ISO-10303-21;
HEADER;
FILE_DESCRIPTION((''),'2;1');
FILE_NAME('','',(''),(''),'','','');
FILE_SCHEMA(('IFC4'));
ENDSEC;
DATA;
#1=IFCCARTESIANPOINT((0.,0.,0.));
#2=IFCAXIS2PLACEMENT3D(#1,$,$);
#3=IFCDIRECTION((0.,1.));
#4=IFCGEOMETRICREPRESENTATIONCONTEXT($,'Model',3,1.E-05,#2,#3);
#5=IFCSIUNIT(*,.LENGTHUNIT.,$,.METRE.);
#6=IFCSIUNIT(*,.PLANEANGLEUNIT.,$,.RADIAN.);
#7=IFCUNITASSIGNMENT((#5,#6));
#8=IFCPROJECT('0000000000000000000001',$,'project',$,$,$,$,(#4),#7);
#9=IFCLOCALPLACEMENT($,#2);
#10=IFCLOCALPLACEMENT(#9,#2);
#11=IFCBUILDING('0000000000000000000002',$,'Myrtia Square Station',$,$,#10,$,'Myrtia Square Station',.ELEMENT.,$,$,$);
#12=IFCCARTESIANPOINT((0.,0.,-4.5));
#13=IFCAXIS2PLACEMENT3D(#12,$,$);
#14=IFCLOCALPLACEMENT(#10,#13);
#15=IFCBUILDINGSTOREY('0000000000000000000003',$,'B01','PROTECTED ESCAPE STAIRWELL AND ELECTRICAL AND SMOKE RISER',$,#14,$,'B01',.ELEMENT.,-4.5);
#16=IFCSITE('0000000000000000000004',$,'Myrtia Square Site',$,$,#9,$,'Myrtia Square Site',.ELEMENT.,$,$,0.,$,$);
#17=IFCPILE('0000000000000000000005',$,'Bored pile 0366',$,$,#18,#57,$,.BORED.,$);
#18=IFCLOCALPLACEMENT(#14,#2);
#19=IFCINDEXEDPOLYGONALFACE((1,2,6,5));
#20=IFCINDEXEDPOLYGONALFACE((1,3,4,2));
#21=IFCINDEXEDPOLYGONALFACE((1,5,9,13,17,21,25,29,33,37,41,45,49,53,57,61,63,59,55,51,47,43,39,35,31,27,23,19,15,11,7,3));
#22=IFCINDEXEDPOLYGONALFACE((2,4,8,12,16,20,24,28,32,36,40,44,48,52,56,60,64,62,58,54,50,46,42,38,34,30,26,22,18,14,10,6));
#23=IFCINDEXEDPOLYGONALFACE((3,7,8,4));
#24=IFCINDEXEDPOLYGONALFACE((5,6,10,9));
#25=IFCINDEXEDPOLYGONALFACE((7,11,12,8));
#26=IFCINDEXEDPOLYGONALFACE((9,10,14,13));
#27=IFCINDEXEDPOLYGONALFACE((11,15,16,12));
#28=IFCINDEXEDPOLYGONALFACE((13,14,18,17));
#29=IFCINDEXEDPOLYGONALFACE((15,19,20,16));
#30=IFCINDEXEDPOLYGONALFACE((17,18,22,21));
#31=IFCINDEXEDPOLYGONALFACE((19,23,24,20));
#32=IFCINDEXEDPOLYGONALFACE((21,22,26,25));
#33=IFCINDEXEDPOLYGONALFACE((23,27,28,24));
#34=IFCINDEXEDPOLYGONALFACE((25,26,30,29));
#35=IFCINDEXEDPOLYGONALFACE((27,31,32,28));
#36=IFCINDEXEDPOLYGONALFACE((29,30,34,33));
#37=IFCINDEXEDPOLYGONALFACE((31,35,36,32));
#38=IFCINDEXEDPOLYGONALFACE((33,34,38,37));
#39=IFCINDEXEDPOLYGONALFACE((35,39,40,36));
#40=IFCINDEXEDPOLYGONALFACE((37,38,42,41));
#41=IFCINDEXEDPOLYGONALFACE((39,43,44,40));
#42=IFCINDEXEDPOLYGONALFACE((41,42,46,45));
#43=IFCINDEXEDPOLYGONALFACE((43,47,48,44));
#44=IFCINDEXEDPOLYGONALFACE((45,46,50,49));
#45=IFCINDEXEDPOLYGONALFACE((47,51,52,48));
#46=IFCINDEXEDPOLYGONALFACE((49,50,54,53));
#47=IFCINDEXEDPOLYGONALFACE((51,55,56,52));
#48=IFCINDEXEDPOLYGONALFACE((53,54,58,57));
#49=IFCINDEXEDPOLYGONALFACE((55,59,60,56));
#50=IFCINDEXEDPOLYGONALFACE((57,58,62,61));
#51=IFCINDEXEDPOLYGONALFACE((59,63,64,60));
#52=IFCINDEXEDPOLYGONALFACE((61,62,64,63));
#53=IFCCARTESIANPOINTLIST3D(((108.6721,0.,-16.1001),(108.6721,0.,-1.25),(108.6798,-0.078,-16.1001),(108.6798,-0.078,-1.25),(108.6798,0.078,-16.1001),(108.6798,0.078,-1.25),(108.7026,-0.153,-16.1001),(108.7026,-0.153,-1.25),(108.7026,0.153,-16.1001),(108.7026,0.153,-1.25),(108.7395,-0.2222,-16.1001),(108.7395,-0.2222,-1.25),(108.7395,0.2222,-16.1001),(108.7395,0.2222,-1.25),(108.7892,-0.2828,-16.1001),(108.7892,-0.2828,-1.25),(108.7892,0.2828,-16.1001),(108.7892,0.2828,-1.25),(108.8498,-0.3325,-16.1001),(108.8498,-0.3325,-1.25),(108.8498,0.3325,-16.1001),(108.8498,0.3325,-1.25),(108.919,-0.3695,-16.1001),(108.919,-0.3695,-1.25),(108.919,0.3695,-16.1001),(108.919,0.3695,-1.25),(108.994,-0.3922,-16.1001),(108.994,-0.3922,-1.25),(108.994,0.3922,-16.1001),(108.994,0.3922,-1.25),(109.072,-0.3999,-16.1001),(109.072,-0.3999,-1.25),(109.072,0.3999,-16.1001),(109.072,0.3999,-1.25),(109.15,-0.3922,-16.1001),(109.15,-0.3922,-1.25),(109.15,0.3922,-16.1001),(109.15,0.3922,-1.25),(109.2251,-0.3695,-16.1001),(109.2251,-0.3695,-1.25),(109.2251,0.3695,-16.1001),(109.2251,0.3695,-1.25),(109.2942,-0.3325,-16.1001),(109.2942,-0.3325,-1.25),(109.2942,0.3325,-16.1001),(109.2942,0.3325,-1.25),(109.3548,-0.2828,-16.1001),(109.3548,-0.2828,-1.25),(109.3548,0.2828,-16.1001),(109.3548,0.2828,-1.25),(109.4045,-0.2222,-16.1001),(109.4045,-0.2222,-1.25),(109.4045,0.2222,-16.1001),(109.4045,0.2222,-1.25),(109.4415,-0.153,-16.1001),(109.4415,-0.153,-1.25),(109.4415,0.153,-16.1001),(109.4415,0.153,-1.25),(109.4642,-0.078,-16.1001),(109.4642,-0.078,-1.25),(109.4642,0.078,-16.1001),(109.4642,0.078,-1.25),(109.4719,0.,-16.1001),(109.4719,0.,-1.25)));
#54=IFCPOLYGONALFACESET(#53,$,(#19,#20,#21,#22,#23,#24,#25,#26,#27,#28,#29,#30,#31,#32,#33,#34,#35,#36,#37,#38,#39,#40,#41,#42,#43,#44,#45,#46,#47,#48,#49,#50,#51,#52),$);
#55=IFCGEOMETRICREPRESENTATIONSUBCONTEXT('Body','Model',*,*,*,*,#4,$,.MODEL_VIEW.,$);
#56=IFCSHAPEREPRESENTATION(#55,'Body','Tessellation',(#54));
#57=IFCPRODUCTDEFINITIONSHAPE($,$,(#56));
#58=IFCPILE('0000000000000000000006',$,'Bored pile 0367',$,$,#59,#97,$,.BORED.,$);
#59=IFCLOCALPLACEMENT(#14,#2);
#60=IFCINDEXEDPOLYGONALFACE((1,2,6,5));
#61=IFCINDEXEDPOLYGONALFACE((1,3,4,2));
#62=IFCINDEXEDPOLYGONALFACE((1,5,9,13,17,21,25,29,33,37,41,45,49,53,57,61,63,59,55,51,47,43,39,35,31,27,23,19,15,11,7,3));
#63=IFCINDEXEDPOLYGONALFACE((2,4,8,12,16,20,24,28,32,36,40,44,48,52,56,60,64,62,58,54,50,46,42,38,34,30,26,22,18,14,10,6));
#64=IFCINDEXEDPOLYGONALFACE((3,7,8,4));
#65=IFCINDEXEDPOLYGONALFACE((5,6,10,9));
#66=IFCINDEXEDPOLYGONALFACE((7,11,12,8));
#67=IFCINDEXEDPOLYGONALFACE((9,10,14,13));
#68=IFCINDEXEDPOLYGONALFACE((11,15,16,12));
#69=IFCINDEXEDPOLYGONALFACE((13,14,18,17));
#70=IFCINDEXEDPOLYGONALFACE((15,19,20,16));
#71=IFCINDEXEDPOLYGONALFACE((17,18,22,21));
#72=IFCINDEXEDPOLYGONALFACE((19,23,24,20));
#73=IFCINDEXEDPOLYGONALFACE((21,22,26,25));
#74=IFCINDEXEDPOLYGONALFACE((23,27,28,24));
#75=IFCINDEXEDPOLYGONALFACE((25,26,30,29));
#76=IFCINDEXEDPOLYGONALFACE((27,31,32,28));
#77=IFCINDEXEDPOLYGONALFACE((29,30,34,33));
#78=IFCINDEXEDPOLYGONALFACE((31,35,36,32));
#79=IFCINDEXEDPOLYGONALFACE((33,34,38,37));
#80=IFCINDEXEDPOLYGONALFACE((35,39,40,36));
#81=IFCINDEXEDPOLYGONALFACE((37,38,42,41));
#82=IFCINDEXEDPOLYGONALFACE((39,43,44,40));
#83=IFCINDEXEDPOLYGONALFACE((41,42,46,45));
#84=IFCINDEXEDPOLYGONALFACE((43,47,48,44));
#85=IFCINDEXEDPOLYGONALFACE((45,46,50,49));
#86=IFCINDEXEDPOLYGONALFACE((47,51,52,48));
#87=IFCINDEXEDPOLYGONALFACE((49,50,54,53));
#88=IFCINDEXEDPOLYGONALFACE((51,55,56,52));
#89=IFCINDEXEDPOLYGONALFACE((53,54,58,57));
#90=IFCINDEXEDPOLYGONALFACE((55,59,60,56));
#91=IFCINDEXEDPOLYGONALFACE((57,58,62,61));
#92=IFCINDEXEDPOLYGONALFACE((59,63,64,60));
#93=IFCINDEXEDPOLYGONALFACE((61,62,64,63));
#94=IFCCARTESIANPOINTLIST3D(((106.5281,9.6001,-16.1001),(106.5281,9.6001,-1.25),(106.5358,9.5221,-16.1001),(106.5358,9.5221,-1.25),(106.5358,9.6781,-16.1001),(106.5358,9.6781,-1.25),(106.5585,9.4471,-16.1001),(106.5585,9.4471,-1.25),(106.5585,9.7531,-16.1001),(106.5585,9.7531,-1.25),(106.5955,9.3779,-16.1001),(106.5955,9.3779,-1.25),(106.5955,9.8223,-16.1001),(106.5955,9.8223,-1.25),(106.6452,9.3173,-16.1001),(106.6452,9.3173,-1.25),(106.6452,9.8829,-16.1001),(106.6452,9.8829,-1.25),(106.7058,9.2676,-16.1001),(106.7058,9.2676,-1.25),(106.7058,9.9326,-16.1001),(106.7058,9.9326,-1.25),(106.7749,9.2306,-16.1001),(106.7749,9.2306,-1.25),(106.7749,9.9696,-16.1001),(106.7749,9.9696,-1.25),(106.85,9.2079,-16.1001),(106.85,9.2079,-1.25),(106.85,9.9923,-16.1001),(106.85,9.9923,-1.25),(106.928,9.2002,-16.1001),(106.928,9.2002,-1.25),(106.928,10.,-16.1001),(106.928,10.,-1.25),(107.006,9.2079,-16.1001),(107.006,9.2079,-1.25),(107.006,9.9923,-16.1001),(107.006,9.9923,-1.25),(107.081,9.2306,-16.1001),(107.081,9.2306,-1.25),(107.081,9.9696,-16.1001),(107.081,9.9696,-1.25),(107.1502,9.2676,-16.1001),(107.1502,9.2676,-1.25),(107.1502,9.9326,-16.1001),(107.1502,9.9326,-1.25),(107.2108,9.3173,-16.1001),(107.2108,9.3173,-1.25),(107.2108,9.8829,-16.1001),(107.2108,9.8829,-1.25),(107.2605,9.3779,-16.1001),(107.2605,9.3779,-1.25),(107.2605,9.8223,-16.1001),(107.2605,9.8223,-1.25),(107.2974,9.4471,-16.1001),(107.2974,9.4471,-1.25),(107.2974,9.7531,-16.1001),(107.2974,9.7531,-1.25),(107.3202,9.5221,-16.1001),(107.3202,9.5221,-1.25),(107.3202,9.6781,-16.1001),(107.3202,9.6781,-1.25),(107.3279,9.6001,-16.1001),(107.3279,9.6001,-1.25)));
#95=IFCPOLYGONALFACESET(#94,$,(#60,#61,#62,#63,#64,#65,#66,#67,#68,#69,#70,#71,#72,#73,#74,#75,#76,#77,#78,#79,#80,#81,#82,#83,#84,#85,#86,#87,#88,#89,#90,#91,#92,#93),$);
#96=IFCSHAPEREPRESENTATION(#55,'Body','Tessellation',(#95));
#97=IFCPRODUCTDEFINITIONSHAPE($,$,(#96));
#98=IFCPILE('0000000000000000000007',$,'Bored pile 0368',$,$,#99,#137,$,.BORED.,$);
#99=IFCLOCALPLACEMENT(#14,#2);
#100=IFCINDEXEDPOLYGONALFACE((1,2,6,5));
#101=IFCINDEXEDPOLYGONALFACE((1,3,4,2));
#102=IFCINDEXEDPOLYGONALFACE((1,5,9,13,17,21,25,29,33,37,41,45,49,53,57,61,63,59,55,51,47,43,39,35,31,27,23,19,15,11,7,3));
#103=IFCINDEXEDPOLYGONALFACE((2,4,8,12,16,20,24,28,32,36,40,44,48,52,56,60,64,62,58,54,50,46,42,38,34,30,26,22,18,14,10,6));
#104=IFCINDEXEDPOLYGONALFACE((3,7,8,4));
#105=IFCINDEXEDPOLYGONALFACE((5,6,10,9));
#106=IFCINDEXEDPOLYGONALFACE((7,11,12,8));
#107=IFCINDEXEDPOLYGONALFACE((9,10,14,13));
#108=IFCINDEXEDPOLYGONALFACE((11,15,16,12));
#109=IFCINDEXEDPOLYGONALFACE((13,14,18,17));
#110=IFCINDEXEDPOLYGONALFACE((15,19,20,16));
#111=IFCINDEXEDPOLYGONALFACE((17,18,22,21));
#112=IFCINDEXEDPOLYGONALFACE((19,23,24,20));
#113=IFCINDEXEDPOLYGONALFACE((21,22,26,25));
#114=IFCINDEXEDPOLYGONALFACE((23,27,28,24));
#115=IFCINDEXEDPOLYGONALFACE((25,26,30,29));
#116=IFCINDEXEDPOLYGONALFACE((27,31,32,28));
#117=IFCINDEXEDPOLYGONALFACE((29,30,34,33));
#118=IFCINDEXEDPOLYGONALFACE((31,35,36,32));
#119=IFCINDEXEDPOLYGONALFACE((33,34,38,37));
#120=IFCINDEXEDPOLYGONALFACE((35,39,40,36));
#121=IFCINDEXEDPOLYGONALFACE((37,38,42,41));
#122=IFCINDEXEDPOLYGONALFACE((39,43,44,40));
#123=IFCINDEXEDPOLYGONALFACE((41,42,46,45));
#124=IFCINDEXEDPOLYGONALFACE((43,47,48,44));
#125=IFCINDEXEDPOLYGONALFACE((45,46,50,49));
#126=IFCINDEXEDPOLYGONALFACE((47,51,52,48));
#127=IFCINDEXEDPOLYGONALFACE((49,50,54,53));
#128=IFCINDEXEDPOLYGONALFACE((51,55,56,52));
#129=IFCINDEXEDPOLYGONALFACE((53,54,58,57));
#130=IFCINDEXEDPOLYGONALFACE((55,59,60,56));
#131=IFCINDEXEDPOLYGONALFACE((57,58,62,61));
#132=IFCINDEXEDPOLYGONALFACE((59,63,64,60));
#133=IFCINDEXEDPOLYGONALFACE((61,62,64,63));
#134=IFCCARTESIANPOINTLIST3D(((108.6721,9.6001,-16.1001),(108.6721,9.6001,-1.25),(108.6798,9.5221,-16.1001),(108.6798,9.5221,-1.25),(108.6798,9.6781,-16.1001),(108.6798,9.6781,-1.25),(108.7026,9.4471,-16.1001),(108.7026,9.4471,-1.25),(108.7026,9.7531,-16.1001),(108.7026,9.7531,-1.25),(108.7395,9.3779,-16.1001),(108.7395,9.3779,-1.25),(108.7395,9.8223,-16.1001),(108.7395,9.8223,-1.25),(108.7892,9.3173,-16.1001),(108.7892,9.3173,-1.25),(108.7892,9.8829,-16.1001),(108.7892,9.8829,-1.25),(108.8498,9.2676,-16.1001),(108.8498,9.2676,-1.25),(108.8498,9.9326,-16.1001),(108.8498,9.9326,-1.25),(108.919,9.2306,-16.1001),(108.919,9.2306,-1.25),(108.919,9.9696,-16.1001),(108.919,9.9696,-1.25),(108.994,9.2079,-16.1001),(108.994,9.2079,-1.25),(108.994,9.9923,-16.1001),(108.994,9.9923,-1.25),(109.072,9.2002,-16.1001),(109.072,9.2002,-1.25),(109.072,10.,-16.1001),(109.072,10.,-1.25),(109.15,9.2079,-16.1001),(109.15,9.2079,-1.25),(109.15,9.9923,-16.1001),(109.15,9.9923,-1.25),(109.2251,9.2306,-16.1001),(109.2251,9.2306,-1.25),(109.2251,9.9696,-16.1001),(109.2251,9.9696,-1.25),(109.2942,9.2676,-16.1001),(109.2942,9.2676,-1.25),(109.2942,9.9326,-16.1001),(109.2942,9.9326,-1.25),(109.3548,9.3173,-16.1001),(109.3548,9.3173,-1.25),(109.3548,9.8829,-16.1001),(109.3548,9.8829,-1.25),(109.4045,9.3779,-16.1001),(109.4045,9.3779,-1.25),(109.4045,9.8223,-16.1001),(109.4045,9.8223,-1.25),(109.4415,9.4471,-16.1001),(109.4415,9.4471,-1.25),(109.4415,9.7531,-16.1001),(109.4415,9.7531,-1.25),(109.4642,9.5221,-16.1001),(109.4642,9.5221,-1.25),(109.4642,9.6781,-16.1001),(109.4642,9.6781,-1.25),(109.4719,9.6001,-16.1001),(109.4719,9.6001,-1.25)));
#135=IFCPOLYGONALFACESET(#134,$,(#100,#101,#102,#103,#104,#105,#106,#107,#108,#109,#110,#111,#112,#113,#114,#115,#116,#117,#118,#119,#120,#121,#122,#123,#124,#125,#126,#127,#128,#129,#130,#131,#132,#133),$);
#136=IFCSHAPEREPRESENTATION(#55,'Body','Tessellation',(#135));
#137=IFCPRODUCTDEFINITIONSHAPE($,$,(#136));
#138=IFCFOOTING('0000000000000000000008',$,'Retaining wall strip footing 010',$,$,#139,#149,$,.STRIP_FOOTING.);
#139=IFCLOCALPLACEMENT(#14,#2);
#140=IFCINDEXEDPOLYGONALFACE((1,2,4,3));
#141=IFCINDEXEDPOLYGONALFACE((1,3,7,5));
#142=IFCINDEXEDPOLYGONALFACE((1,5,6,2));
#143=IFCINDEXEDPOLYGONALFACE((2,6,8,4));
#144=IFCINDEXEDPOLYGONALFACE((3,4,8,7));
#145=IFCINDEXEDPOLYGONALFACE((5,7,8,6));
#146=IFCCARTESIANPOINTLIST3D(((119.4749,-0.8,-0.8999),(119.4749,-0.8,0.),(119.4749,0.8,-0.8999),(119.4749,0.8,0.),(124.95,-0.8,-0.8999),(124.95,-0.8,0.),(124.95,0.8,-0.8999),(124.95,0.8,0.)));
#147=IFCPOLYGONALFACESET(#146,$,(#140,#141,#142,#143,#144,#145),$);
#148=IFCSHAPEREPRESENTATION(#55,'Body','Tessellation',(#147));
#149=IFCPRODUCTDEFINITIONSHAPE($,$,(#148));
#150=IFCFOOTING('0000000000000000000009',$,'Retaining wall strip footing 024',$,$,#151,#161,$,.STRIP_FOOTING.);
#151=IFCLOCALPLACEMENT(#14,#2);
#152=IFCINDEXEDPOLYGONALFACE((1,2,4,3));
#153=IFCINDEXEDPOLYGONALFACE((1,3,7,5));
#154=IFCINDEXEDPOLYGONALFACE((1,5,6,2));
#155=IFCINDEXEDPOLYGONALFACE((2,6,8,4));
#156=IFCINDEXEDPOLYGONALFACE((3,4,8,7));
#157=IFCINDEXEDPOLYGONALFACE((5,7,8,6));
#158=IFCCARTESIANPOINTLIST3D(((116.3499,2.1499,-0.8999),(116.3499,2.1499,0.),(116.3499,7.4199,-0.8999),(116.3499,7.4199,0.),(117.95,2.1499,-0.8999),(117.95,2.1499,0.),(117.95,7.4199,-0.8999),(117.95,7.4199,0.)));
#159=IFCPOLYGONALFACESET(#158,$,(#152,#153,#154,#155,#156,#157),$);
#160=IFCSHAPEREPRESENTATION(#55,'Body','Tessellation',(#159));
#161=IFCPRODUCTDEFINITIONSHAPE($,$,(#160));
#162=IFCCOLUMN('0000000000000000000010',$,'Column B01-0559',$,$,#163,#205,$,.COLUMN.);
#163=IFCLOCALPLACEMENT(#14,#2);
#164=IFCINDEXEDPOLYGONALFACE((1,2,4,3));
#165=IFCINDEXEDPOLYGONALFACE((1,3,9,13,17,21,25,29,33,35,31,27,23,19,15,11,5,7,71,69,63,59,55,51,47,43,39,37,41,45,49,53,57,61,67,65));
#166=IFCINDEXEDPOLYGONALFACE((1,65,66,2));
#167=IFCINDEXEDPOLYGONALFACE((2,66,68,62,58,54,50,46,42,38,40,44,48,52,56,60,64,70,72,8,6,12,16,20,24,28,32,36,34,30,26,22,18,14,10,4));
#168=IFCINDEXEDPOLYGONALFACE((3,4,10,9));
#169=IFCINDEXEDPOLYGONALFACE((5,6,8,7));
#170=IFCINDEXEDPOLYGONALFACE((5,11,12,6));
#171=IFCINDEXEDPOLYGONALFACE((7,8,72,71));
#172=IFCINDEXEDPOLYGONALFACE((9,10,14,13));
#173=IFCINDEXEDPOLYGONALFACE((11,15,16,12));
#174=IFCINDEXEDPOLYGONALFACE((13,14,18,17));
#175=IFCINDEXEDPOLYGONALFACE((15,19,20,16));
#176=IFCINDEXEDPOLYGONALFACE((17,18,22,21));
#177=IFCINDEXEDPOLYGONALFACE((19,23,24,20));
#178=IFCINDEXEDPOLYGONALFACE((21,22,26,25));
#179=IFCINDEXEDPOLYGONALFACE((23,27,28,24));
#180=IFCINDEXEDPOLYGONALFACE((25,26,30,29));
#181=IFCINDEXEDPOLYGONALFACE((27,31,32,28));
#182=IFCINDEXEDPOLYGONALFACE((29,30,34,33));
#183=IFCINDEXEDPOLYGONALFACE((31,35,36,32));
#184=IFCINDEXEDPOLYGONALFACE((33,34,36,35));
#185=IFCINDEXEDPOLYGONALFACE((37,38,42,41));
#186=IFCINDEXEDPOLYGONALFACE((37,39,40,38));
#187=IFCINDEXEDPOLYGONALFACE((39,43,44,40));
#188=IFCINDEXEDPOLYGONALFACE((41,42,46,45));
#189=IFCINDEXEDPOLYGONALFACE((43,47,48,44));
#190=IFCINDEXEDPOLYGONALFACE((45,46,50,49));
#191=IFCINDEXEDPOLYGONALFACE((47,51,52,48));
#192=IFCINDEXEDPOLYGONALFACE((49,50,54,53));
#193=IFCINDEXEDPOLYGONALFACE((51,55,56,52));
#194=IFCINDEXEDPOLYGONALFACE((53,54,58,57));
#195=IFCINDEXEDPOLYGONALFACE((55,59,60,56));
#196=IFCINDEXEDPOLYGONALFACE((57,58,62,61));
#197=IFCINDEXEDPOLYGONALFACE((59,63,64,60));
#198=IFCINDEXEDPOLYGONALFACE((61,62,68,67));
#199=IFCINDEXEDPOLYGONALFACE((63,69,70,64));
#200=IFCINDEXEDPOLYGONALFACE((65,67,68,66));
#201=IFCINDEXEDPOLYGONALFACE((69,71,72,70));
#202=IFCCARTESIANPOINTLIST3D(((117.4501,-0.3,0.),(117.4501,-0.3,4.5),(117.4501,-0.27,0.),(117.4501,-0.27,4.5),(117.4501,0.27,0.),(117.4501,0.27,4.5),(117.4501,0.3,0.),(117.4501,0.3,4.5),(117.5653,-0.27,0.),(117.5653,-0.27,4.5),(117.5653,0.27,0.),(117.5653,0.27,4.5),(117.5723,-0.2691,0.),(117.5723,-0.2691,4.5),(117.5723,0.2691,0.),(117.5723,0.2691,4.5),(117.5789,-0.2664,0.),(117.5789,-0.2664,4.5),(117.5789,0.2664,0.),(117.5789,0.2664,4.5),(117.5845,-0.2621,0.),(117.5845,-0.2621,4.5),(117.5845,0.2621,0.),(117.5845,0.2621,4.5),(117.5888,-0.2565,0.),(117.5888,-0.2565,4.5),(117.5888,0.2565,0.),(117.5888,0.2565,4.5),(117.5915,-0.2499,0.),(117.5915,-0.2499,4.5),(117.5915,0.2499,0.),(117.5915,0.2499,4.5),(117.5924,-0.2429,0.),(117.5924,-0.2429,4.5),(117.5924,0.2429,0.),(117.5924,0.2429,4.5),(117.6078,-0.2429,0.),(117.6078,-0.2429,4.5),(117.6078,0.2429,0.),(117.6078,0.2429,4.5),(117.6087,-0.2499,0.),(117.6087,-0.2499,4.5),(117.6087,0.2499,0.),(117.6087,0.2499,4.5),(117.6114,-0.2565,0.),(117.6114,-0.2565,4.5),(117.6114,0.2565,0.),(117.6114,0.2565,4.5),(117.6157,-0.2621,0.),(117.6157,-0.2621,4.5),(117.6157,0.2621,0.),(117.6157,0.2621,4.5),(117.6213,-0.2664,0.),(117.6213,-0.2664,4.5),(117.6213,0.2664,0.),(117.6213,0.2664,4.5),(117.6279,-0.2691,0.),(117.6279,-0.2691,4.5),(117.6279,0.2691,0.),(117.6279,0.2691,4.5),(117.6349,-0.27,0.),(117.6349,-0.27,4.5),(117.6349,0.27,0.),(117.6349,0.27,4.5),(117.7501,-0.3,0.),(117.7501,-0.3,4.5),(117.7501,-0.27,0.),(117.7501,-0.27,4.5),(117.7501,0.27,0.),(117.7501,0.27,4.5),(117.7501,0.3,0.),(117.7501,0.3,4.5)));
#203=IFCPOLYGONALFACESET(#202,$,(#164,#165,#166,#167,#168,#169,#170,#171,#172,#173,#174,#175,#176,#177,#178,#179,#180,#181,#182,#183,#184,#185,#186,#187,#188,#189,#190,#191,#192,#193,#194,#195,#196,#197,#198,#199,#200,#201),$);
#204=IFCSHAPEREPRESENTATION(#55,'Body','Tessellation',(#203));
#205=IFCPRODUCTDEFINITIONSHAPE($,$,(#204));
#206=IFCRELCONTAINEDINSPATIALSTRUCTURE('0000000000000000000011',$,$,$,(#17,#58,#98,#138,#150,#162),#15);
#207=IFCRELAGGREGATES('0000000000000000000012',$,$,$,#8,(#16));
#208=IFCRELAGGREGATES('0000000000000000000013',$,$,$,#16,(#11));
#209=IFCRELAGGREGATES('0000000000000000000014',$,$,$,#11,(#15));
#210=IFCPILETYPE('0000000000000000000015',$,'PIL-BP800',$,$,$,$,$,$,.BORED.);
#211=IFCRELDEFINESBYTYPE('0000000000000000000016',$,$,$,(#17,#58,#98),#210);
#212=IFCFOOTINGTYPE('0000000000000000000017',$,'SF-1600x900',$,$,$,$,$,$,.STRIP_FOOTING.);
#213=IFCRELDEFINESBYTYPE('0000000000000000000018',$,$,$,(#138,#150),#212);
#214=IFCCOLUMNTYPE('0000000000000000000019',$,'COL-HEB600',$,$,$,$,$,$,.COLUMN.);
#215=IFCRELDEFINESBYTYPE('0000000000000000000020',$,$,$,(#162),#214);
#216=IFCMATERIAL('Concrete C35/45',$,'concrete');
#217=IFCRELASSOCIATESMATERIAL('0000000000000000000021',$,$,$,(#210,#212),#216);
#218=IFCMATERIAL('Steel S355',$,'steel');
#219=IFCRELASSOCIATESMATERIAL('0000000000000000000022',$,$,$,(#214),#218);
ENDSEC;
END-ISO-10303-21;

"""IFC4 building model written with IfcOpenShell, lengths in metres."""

from ifc_helpers import new_model, si_unit, direction, frame, origin, origin_2d, place, context, subcontext, project, spatial, rectangle, circle, i_section, extrude, material, material_profile, profile_set, type_object, element, save


model = new_model("IFC4")

# Units and contexts
model_context = context("Model", 3, precision=1e-05, world=origin(), true_north=direction((0.0, 1.0)))
body_context = subcontext(model_context, "Body", "Model", "MODEL_VIEW")
ifc_project = project(units=[si_unit("LENGTHUNIT", "METRE"), si_unit("PLANEANGLEUNIT", "RADIAN")], contexts=[model_context])

# Site, building, storey
site_placement = place(None, origin())
site = spatial("IfcSite", under=ifc_project, at=site_placement, Name="Myrtia Square Site", LongName="Myrtia Square Site", CompositionType="ELEMENT", RefElevation=0.0)
building_placement = place(site_placement, origin())
building = spatial("IfcBuilding", under=site, at=building_placement, Name="Myrtia Square Station", LongName="Myrtia Square Station", CompositionType="ELEMENT")
storey_placement = place(building_placement, frame((0.0, 0.0, -4.5)))
storey = spatial("IfcBuildingStorey", under=building, at=storey_placement, Name="B01", Description="PROTECTED ESCAPE STAIRWELL AND ELECTRICAL AND SMOKE RISER", LongName="B01", CompositionType="ELEMENT", Elevation=-4.5)

# Shared definitions
ifc_material_1 = material(Name="Concrete C35/45", Category="concrete")

# Piles
ifc_material_profile_1 = material_profile(ifc_material_1, circle(Radius=0.3999, at=origin_2d()), Name="BP D800")
ifc_profile_set_1 = profile_set([ifc_material_profile_1], Name="Concrete C35/45")
pile_type_1 = type_object("IfcPileType", Name="PIL-BP800", PredefinedType="BORED", material=ifc_profile_set_1)
for number, where, z_axis, x_axis, name in (
    (1, (109.072, 0.0, -1.25), (0.0, 0.0, -1.0), (1.0, 0.0, 0.0), "Bored pile 0366"),
    (2, (106.928, 9.6001, -1.25), (0.0, 0.0, -1.0), (1.0, 0.0, 0.0), "Bored pile 0367"),
    (3, (109.072, 9.6001, -1.25), (0.0, 0.0, -1.0), (1.0, 0.0, 0.0), "Bored pile 0368"),
):
    element("IfcPile", number, at=place(storey_placement, frame(where, z_axis=z_axis, x_axis=x_axis)), inside=storey, type_object=pile_type_1, Name=name, PredefinedType="BORED", context=body_context, shape_type="SweptSolid", body=[
        extrude(circle(Radius=0.3999, at=origin_2d()), origin(), (0.0, 0.0, 1.0), 14.8501),
    ])

# Footings
footing_type_1 = type_object("IfcFootingType", Name="SF-1600x900", PredefinedType="STRIP_FOOTING", material=ifc_material_1)
footing_1_placement = place(storey_placement, frame((122.2124, 0.0, -0.8999), z_axis=(0.0, 0.0, 1.0), x_axis=(1.0, 0.0, 0.0)))
element("IfcFooting", 4, at=footing_1_placement, inside=storey, type_object=footing_type_1, Name="Retaining wall strip footing 010", PredefinedType="STRIP_FOOTING", context=body_context, shape_type="SweptSolid", body=[
    extrude(rectangle(XDim=5.4751, YDim=1.6001, at=origin_2d()), origin(), (0.0, 0.0, 1.0), 0.8999),
])
footing_2_placement = place(storey_placement, frame((117.1499, 4.7849, -0.8999), z_axis=(0.0, 0.0, 1.0), x_axis=(1.0, 0.0, 0.0)))
element("IfcFooting", 5, at=footing_2_placement, inside=storey, type_object=footing_type_1, Name="Retaining wall strip footing 024", PredefinedType="STRIP_FOOTING", context=body_context, shape_type="SweptSolid", body=[
    extrude(rectangle(XDim=1.6001, YDim=5.27, at=origin_2d()), origin(), (0.0, 0.0, 1.0), 0.8999),
])

# Column
ifc_material_2 = material(Name="Steel S355", Category="steel")
ifc_material_profile_2 = material_profile(ifc_material_2, i_section(OverallWidth=0.3, OverallDepth=0.6001, WebThickness=0.0154, FlangeThickness=0.03, FilletRadius=0.0271, at=origin_2d()), Name="HEB 600")
ifc_profile_set_2 = profile_set([ifc_material_profile_2], Name="Steel S355")
column_type_1 = type_object("IfcColumnType", Name="COL-HEB600", PredefinedType="COLUMN", material=ifc_profile_set_2)
for number, where, z_axis, x_axis, name in (
    (6, (117.6001, 0.0, 0.0), (0.0, 0.0, 1.0), (1.0, 0.0, 0.0), "Column B01-0559"),
):
    element("IfcColumn", number, at=place(storey_placement, frame(where, z_axis=z_axis, x_axis=x_axis)), inside=storey, type_object=column_type_1, Name=name, PredefinedType="COLUMN", context=body_context, shape_type="SweptSolid", body=[
        extrude(i_section(OverallWidth=0.3, OverallDepth=0.6001, WebThickness=0.0154, FlangeThickness=0.03, FilletRadius=0.0271, at=origin_2d()), origin(), (0.0, 0.0, 1.0), 4.5),
    ])

save(model, "model.ifc")
